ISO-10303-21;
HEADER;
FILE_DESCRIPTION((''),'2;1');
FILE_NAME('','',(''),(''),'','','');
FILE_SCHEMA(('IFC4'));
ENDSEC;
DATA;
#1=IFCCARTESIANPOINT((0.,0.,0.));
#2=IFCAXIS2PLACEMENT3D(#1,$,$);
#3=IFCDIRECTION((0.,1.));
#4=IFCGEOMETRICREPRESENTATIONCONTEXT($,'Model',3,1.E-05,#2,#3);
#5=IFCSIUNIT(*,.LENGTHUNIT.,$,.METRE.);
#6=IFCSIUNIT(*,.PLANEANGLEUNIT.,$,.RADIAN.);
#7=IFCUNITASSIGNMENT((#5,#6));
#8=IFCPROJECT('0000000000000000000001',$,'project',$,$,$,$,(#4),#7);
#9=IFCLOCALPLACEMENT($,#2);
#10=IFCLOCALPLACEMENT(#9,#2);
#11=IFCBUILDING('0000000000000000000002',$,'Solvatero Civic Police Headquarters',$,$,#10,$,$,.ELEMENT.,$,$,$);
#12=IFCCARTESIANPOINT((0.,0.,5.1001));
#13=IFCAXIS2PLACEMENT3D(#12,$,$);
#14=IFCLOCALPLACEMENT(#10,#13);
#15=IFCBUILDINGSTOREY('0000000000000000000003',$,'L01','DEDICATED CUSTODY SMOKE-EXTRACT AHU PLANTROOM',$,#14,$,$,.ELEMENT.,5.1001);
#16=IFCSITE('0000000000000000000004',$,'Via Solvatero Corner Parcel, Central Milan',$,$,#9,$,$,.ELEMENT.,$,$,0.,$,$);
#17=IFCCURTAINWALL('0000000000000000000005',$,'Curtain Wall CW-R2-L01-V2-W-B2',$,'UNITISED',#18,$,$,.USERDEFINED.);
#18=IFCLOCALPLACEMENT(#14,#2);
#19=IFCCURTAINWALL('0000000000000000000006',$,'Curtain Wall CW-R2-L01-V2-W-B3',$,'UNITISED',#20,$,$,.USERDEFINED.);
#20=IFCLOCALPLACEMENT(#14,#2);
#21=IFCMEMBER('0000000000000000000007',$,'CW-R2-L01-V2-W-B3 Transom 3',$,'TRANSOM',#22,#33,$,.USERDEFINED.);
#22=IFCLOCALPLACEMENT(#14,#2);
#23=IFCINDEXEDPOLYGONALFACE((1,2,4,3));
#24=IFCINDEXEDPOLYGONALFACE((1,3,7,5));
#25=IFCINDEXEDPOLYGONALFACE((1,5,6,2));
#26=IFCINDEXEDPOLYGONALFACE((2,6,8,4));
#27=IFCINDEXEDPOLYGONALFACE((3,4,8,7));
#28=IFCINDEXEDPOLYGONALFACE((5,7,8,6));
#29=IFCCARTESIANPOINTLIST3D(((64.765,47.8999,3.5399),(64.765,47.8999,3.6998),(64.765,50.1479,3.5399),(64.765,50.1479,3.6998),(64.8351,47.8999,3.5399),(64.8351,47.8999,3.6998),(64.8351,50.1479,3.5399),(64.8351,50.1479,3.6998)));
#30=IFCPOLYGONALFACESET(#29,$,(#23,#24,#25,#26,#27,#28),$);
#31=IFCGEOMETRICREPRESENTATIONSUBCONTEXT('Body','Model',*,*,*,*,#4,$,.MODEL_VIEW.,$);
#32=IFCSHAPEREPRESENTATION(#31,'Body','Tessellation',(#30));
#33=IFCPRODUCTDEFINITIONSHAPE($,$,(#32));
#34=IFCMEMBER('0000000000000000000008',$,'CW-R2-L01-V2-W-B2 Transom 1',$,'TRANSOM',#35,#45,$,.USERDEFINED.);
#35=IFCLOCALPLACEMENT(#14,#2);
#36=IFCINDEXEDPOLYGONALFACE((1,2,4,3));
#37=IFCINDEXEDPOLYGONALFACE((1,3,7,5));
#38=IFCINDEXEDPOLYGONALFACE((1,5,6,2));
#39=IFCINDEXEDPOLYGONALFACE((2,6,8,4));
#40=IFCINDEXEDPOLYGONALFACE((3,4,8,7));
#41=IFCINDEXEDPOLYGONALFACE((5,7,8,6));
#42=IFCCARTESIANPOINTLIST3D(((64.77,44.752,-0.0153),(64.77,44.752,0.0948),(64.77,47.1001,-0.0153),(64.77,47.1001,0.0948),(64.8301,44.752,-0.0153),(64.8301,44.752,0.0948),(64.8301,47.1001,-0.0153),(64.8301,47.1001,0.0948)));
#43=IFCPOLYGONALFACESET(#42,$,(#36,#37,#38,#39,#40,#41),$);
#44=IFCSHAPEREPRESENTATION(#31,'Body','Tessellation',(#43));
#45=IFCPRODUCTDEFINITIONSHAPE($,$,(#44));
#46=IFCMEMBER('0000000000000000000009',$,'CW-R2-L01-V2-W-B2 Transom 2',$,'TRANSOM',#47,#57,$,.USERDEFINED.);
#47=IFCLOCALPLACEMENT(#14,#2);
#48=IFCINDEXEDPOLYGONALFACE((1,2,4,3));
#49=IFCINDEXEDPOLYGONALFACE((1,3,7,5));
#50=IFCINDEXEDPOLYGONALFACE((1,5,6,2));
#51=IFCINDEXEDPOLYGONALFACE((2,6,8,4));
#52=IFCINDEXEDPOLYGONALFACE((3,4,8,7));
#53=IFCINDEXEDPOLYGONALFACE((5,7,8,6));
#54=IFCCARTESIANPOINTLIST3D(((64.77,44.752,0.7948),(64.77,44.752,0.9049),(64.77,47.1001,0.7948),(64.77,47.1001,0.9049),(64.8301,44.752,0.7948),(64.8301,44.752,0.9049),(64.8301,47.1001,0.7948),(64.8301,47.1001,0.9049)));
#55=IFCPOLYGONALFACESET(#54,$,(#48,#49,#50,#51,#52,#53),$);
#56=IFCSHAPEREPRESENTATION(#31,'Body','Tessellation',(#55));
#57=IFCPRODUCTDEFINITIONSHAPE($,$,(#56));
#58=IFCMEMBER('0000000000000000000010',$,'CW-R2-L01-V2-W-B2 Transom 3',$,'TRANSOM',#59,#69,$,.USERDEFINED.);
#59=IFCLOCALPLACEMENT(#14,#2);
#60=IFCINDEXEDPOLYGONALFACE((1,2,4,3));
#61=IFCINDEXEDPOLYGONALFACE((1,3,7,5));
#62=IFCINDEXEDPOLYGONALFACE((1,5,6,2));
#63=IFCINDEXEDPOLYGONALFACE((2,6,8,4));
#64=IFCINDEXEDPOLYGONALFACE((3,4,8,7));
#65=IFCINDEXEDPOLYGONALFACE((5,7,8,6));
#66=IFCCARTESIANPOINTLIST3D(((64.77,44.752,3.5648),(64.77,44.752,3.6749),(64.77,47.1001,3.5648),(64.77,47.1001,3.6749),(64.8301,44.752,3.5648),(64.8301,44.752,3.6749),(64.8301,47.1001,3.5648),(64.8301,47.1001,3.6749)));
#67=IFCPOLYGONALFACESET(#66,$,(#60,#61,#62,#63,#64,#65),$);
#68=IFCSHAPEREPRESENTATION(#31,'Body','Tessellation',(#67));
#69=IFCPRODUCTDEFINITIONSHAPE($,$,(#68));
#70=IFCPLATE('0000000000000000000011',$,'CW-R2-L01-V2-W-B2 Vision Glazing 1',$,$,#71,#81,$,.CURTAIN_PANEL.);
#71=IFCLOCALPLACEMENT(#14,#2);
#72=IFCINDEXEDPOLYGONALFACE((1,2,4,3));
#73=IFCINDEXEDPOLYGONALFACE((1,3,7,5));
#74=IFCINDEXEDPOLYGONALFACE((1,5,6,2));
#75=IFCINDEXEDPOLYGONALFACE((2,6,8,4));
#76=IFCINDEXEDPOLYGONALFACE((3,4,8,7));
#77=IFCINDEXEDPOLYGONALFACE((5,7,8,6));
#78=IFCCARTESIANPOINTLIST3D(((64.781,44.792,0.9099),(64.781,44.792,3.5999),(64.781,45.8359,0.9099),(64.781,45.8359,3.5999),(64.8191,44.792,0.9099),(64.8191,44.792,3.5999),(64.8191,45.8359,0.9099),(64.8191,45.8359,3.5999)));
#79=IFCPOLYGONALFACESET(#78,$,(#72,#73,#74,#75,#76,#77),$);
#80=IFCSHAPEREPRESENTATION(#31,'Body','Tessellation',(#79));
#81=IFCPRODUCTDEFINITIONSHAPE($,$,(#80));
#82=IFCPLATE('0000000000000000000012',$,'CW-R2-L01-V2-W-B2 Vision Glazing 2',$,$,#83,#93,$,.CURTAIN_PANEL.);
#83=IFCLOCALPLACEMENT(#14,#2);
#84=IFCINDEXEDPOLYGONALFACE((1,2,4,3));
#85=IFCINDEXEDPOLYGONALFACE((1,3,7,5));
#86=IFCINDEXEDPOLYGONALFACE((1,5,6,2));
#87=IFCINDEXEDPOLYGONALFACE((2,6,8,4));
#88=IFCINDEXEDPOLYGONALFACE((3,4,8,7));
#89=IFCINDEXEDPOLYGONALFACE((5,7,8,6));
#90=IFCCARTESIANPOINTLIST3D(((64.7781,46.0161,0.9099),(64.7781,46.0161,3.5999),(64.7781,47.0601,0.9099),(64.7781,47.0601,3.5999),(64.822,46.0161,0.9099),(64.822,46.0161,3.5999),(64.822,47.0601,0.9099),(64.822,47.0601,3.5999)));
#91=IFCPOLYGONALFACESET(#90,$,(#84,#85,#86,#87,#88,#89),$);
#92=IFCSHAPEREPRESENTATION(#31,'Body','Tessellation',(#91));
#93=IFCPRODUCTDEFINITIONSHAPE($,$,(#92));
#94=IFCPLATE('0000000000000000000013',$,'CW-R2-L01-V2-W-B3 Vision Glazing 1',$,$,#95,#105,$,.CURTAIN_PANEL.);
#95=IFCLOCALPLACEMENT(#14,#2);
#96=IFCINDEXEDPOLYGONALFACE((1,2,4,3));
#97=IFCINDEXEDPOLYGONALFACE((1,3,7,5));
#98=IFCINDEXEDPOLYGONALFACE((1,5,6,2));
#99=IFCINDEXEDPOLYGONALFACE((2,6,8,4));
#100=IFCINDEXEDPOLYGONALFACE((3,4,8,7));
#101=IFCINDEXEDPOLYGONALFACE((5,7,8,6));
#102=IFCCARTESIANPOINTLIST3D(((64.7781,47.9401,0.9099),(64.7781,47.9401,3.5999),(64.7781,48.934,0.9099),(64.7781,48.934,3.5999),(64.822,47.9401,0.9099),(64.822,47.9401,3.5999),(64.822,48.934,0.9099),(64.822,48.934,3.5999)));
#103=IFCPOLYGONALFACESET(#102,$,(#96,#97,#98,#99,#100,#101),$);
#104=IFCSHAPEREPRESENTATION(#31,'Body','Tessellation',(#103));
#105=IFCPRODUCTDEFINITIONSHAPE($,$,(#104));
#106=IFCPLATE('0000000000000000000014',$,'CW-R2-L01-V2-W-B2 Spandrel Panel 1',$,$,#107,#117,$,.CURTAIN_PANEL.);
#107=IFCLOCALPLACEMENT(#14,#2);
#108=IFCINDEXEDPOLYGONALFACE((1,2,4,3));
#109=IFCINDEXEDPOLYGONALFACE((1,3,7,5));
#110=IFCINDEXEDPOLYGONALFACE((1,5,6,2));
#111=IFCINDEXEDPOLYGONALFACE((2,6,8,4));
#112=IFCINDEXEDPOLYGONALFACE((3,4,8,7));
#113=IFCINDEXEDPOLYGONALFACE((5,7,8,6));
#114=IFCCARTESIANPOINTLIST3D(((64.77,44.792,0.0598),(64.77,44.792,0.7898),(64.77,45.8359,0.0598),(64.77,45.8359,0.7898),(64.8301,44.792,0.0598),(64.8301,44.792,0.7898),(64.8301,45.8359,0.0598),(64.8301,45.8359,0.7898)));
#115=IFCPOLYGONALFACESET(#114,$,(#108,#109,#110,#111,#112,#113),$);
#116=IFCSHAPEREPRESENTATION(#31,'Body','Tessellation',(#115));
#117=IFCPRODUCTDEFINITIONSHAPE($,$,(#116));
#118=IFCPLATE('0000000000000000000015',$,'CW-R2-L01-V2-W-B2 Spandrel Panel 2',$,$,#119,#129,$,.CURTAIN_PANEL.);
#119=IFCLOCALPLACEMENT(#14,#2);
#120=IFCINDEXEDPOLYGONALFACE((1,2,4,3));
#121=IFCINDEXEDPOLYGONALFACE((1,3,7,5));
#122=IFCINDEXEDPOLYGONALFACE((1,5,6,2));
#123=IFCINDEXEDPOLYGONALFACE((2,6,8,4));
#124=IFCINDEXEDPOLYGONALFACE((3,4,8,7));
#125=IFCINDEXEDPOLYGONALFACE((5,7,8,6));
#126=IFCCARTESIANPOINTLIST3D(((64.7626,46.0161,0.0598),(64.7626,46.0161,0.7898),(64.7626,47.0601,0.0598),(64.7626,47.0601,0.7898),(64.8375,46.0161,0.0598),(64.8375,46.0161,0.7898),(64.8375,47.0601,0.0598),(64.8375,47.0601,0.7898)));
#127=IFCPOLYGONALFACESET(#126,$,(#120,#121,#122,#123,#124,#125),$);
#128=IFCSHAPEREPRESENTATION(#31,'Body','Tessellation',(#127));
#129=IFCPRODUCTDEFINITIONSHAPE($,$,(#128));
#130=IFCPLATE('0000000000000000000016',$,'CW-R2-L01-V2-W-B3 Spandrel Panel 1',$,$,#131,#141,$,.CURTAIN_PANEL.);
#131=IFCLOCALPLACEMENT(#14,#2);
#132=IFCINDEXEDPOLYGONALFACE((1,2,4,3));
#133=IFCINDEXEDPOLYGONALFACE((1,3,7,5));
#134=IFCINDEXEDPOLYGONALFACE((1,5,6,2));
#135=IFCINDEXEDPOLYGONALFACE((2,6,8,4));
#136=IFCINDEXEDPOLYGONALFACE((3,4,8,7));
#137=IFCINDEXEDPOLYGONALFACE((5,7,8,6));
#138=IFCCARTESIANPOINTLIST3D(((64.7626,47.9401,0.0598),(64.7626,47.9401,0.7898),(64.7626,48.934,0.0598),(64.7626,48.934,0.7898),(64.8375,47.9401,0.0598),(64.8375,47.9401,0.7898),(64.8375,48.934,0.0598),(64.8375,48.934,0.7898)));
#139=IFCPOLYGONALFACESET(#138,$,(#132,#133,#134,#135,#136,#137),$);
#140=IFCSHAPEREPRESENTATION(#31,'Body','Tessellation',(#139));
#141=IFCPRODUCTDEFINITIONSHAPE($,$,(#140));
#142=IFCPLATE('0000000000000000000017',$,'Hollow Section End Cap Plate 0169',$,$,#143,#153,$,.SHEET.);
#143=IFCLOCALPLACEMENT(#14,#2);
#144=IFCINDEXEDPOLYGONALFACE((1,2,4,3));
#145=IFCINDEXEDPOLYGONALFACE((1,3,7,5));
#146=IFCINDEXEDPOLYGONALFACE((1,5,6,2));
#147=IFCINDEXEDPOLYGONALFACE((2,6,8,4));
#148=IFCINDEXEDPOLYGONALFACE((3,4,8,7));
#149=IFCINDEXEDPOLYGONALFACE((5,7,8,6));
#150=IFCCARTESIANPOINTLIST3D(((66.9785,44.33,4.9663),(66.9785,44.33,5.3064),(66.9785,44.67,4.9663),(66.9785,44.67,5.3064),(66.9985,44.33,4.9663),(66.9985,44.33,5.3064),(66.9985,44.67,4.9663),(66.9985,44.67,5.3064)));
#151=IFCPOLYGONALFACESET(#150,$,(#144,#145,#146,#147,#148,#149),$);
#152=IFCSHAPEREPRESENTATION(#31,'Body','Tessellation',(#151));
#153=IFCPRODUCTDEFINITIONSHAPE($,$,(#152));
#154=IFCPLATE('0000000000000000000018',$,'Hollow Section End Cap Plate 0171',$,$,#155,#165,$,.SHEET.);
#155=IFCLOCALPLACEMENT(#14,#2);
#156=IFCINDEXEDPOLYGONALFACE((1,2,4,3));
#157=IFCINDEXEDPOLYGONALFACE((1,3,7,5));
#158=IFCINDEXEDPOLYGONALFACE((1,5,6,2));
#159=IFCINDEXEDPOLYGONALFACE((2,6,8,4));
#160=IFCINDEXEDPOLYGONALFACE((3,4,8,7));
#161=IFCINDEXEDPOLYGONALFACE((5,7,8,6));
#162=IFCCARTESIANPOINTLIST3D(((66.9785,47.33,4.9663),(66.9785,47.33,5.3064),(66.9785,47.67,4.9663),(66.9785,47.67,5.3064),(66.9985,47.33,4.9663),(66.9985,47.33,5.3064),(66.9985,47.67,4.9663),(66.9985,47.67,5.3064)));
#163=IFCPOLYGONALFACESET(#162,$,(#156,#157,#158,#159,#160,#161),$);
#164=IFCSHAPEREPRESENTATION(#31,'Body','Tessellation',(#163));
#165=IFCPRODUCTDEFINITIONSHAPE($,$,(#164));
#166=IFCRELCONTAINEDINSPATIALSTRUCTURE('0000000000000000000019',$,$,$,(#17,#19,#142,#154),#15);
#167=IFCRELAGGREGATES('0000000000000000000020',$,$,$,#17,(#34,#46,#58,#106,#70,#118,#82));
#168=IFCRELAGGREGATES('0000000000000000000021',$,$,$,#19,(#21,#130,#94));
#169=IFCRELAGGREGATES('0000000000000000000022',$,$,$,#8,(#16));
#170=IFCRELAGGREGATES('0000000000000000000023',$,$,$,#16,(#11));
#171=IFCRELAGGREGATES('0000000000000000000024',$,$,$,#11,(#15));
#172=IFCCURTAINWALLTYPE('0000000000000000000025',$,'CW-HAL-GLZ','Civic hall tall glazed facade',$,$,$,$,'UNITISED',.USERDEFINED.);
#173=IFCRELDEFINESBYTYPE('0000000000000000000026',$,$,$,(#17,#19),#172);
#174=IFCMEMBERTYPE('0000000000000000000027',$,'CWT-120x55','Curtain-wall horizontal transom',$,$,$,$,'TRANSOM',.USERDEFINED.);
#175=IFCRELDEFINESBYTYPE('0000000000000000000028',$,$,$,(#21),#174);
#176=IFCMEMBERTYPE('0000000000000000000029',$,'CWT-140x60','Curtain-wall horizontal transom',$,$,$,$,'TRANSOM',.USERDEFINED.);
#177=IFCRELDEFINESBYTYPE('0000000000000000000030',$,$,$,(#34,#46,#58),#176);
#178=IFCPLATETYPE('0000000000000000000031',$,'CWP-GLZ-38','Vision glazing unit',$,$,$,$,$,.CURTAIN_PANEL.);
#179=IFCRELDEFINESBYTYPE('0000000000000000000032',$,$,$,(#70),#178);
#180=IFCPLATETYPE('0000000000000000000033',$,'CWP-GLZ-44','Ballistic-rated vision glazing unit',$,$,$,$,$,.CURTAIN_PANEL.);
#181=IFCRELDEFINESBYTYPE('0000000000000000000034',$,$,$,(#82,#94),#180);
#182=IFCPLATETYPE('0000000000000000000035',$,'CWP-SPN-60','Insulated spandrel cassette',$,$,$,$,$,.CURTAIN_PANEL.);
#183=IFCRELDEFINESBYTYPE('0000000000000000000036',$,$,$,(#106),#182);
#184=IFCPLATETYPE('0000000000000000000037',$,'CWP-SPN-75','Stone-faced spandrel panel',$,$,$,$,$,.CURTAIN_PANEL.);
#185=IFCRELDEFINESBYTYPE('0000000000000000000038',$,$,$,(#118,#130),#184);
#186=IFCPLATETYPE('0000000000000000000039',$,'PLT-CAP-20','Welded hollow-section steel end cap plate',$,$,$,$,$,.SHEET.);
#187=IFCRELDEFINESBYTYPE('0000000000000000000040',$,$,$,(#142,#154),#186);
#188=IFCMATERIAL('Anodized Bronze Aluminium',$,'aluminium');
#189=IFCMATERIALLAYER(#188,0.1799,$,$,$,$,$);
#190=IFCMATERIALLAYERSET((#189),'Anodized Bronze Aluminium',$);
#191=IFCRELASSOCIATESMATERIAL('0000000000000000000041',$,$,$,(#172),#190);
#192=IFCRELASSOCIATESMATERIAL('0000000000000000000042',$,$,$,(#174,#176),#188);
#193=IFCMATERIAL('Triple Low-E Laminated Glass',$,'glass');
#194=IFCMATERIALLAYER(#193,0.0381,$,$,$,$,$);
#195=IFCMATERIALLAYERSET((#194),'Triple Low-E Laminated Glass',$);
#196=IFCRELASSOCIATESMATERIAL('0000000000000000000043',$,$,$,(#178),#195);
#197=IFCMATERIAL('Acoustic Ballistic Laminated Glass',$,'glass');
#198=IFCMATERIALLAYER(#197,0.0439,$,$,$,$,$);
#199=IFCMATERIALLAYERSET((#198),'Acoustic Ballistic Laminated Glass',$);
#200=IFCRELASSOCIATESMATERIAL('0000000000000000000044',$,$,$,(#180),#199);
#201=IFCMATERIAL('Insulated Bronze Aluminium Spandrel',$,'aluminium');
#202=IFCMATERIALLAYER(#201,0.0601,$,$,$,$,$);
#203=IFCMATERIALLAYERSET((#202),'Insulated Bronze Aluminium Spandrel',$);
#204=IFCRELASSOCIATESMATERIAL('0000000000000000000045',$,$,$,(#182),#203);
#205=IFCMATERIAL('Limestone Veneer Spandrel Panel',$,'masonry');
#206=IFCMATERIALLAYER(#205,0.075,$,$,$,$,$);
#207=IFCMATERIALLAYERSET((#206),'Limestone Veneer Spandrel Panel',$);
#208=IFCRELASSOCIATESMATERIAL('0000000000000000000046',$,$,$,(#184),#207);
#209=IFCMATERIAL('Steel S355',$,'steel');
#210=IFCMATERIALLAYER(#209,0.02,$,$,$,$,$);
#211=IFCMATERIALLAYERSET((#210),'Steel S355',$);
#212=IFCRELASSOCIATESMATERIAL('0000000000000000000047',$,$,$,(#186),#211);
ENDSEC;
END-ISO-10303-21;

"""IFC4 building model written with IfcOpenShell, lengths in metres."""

from ifc_helpers import new_model, si_unit, direction, frame, origin, origin_2d, place, context, subcontext, project, spatial, rectangle, extrude, material, layer, layer_set, material_profile, profile_set, type_object, element, aggregate, save


model = new_model("IFC4")

# Units and contexts
model_context = context("Model", 3, precision=1e-05, world=origin(), true_north=direction((0.0, 1.0)))
body_context = subcontext(model_context, "Body", "Model", "MODEL_VIEW")
ifc_project = project(units=[si_unit("LENGTHUNIT", "METRE"), si_unit("PLANEANGLEUNIT", "RADIAN")], contexts=[model_context])

# Site, building, storey
site_placement = place(None, origin())
site = spatial("IfcSite", under=ifc_project, at=site_placement, Name="Via Solvatero Corner Parcel, Central Milan", CompositionType="ELEMENT", RefElevation=0.0)
building_placement = place(site_placement, origin())
building = spatial("IfcBuilding", under=site, at=building_placement, Name="Solvatero Civic Police Headquarters", CompositionType="ELEMENT")
storey_placement = place(building_placement, frame((0.0, 0.0, 5.1001)))
storey = spatial("IfcBuildingStorey", under=building, at=storey_placement, Name="L01", Description="DEDICATED CUSTODY SMOKE-EXTRACT AHU PLANTROOM", CompositionType="ELEMENT", Elevation=5.1001)

# Shared definitions
ifc_material_1 = material(Name="Steel S355", Category="steel")

# Curtain walls, member
ifc_material_2 = material(Name="Anodized Bronze Aluminium", Category="aluminium")
ifc_layer_1 = layer(ifc_material_2, 0.1799)
ifc_layer_set_1 = layer_set([ifc_layer_1], Name="Anodized Bronze Aluminium")
curtain_wall_type = type_object("IfcCurtainWallType", Name="CW-HAL-GLZ", Description="Civic hall tall glazed facade", ElementType="UNITISED", PredefinedType="USERDEFINED", material=ifc_layer_set_1)
curtain_wall_1_placement = place(storey_placement, origin())
curtain_wall_1 = element("IfcCurtainWall", 1, at=curtain_wall_1_placement, inside=storey, type_object=curtain_wall_type, Name="Curtain Wall CW-R2-L01-V2-W-B2", ObjectType="UNITISED", PredefinedType="USERDEFINED")
curtain_wall_2_placement = place(storey_placement, origin())
curtain_wall_2 = element("IfcCurtainWall", 2, at=curtain_wall_2_placement, inside=storey, type_object=curtain_wall_type, Name="Curtain Wall CW-R2-L01-V2-W-B3", ObjectType="UNITISED", PredefinedType="USERDEFINED")
ifc_material_profile_1 = material_profile(ifc_material_2, rectangle(XDim=0.0701, YDim=0.1599, at=origin_2d()), Name="ALU TRANSOM 70x160")
ifc_profile_set_1 = profile_set([ifc_material_profile_1], Name="Anodized Bronze Aluminium")
member_type_1 = type_object("IfcMemberType", Name="CWT-120x55", Description="Curtain-wall horizontal transom", ElementType="TRANSOM", PredefinedType="USERDEFINED", material=ifc_profile_set_1)
member_1_placement = place(storey_placement, frame((64.8, 47.8999, 3.6199), z_axis=(0.0, 1.0, 0.0), x_axis=(-1.0, 0.0, 0.0)))
member_1 = element("IfcMember", 3, at=member_1_placement, type_object=member_type_1, Name="CW-R2-L01-V2-W-B3 Transom 3", ObjectType="TRANSOM", PredefinedType="USERDEFINED", context=body_context, shape_type="SweptSolid", body=[
    extrude(rectangle(XDim=0.0701, YDim=0.1599, at=origin_2d()), origin(), (0.0, 0.0, 1.0), 2.248),
])

# Members
ifc_material_profile_2 = material_profile(ifc_material_2, rectangle(XDim=0.0601, YDim=0.1101, at=origin_2d()), Name="ALU TRANSOM 60x110")
ifc_profile_set_2 = profile_set([ifc_material_profile_2], Name="Anodized Bronze Aluminium")
member_type_2 = type_object("IfcMemberType", Name="CWT-140x60", Description="Curtain-wall horizontal transom", ElementType="TRANSOM", PredefinedType="USERDEFINED", material=ifc_profile_set_2)
member_2_placement = place(storey_placement, frame((64.8, 44.752, 0.0398), z_axis=(0.0, 1.0, 0.0), x_axis=(-1.0, 0.0, 0.0)))
member_2 = element("IfcMember", 4, at=member_2_placement, type_object=member_type_2, Name="CW-R2-L01-V2-W-B2 Transom 1", ObjectType="TRANSOM", PredefinedType="USERDEFINED", context=body_context, shape_type="SweptSolid", body=[
    extrude(rectangle(XDim=0.0601, YDim=0.1101, at=origin_2d()), origin(), (0.0, 0.0, 1.0), 2.3481),
])
member_3_placement = place(storey_placement, frame((64.8, 44.752, 0.8499), z_axis=(0.0, 1.0, 0.0), x_axis=(-1.0, 0.0, 0.0)))
member_3 = element("IfcMember", 5, at=member_3_placement, type_object=member_type_2, Name="CW-R2-L01-V2-W-B2 Transom 2", ObjectType="TRANSOM", PredefinedType="USERDEFINED", context=body_context, shape_type="SweptSolid", body=[
    extrude(rectangle(XDim=0.0601, YDim=0.1101, at=origin_2d()), origin(), (0.0, 0.0, 1.0), 2.3481),
])
member_4_placement = place(storey_placement, frame((64.8, 44.752, 3.6199), z_axis=(0.0, 1.0, 0.0), x_axis=(-1.0, 0.0, 0.0)))
member_4 = element("IfcMember", 6, at=member_4_placement, type_object=member_type_2, Name="CW-R2-L01-V2-W-B2 Transom 3", ObjectType="TRANSOM", PredefinedType="USERDEFINED", context=body_context, shape_type="SweptSolid", body=[
    extrude(rectangle(XDim=0.0601, YDim=0.1101, at=origin_2d()), origin(), (0.0, 0.0, 1.0), 2.3481),
])

# Plates
ifc_material_3 = material(Name="Triple Low-E Laminated Glass", Category="glass")
ifc_layer_2 = layer(ifc_material_3, 0.0381)
ifc_layer_set_2 = layer_set([ifc_layer_2], Name="Triple Low-E Laminated Glass")
plate_type_1 = type_object("IfcPlateType", Name="CWP-GLZ-38", Description="Vision glazing unit", PredefinedType="CURTAIN_PANEL", material=ifc_layer_set_2)
plate_1_placement = place(storey_placement, frame((64.8, 45.314, 0.9099), z_axis=(0.0, 0.0, 1.0), x_axis=(0.0, 1.0, 0.0)))
plate_1 = element("IfcPlate", 7, at=plate_1_placement, type_object=plate_type_1, Name="CW-R2-L01-V2-W-B2 Vision Glazing 1", PredefinedType="CURTAIN_PANEL", context=body_context, shape_type="SweptSolid", body=[
    extrude(rectangle(XDim=1.0439, YDim=0.0381, at=origin_2d()), origin(), (0.0, 0.0, 1.0), 2.6899),
])
ifc_material_4 = material(Name="Acoustic Ballistic Laminated Glass", Category="glass")
ifc_layer_3 = layer(ifc_material_4, 0.0439)
ifc_layer_set_3 = layer_set([ifc_layer_3], Name="Acoustic Ballistic Laminated Glass")
plate_type_2 = type_object("IfcPlateType", Name="CWP-GLZ-44", Description="Ballistic-rated vision glazing unit", PredefinedType="CURTAIN_PANEL", material=ifc_layer_set_3)
plate_2_placement = place(storey_placement, frame((64.8, 46.5381, 0.9099), z_axis=(0.0, 0.0, 1.0), x_axis=(0.0, 1.0, 0.0)))
plate_2 = element("IfcPlate", 8, at=plate_2_placement, type_object=plate_type_2, Name="CW-R2-L01-V2-W-B2 Vision Glazing 2", PredefinedType="CURTAIN_PANEL", context=body_context, shape_type="SweptSolid", body=[
    extrude(rectangle(XDim=1.0439, YDim=0.0439, at=origin_2d()), origin(), (0.0, 0.0, 1.0), 2.6899),
])
plate_3_placement = place(storey_placement, frame((64.8, 48.437, 0.9099), z_axis=(0.0, 0.0, 1.0), x_axis=(0.0, 1.0, 0.0)))
plate_3 = element("IfcPlate", 9, at=plate_3_placement, type_object=plate_type_2, Name="CW-R2-L01-V2-W-B3 Vision Glazing 1", PredefinedType="CURTAIN_PANEL", context=body_context, shape_type="SweptSolid", body=[
    extrude(rectangle(XDim=0.9939, YDim=0.0439, at=origin_2d()), origin(), (0.0, 0.0, 1.0), 2.6899),
])
ifc_material_5 = material(Name="Insulated Bronze Aluminium Spandrel", Category="aluminium")
ifc_layer_4 = layer(ifc_material_5, 0.0601)
ifc_layer_set_4 = layer_set([ifc_layer_4], Name="Insulated Bronze Aluminium Spandrel")
plate_type_3 = type_object("IfcPlateType", Name="CWP-SPN-60", Description="Insulated spandrel cassette", PredefinedType="CURTAIN_PANEL", material=ifc_layer_set_4)
plate_4_placement = place(storey_placement, frame((64.8, 45.314, 0.0598), z_axis=(0.0, 0.0, 1.0), x_axis=(0.0, 1.0, 0.0)))
plate_4 = element("IfcPlate", 10, at=plate_4_placement, type_object=plate_type_3, Name="CW-R2-L01-V2-W-B2 Spandrel Panel 1", PredefinedType="CURTAIN_PANEL", context=body_context, shape_type="SweptSolid", body=[
    extrude(rectangle(XDim=1.0439, YDim=0.0601, at=origin_2d()), origin(), (0.0, 0.0, 1.0), 0.73),
])
ifc_material_6 = material(Name="Limestone Veneer Spandrel Panel", Category="masonry")
ifc_layer_5 = layer(ifc_material_6, 0.075)
ifc_layer_set_5 = layer_set([ifc_layer_5], Name="Limestone Veneer Spandrel Panel")
plate_type_4 = type_object("IfcPlateType", Name="CWP-SPN-75", Description="Stone-faced spandrel panel", PredefinedType="CURTAIN_PANEL", material=ifc_layer_set_5)
plate_5_placement = place(storey_placement, frame((64.8, 46.5381, 0.0598), z_axis=(0.0, 0.0, 1.0), x_axis=(0.0, 1.0, 0.0)))
plate_5 = element("IfcPlate", 11, at=plate_5_placement, type_object=plate_type_4, Name="CW-R2-L01-V2-W-B2 Spandrel Panel 2", PredefinedType="CURTAIN_PANEL", context=body_context, shape_type="SweptSolid", body=[
    extrude(rectangle(XDim=1.0439, YDim=0.075, at=origin_2d()), origin(), (0.0, 0.0, 1.0), 0.73),
])
aggregate(curtain_wall_1, [member_2, member_3, member_4, plate_4, plate_1, plate_5, plate_2])
plate_6_placement = place(storey_placement, frame((64.8, 48.437, 0.0598), z_axis=(0.0, 0.0, 1.0), x_axis=(0.0, 1.0, 0.0)))
plate_6 = element("IfcPlate", 12, at=plate_6_placement, type_object=plate_type_4, Name="CW-R2-L01-V2-W-B3 Spandrel Panel 1", PredefinedType="CURTAIN_PANEL", context=body_context, shape_type="SweptSolid", body=[
    extrude(rectangle(XDim=0.9939, YDim=0.075, at=origin_2d()), origin(), (0.0, 0.0, 1.0), 0.73),
])
aggregate(curtain_wall_2, [member_1, plate_6, plate_3])

# Plates
ifc_layer_6 = layer(ifc_material_1, 0.02)
ifc_layer_set_6 = layer_set([ifc_layer_6], Name="Steel S355")
plate_type_5 = type_object("IfcPlateType", Name="PLT-CAP-20", Description="Welded hollow-section steel end cap plate", PredefinedType="SHEET", material=ifc_layer_set_6)
for number, where, z_axis, x_axis, name in (
    (13, (66.9885, 44.5, 4.9663), (0.0, 0.0, 1.0), (1.0, 0.0, 0.0), "Hollow Section End Cap Plate 0169"),
    (14, (66.9885, 47.5, 4.9663), (0.0, 0.0, 1.0), (1.0, 0.0, 0.0), "Hollow Section End Cap Plate 0171"),
):
    element("IfcPlate", number, at=place(storey_placement, frame(where, z_axis=z_axis, x_axis=x_axis)), inside=storey, type_object=plate_type_5, Name=name, PredefinedType="SHEET", context=body_context, shape_type="SweptSolid", body=[
        extrude(rectangle(XDim=0.02, YDim=0.3401, at=origin_2d()), origin(), (0.0, 0.0, 1.0), 0.3401),
    ])

save(model, "model.ifc")
